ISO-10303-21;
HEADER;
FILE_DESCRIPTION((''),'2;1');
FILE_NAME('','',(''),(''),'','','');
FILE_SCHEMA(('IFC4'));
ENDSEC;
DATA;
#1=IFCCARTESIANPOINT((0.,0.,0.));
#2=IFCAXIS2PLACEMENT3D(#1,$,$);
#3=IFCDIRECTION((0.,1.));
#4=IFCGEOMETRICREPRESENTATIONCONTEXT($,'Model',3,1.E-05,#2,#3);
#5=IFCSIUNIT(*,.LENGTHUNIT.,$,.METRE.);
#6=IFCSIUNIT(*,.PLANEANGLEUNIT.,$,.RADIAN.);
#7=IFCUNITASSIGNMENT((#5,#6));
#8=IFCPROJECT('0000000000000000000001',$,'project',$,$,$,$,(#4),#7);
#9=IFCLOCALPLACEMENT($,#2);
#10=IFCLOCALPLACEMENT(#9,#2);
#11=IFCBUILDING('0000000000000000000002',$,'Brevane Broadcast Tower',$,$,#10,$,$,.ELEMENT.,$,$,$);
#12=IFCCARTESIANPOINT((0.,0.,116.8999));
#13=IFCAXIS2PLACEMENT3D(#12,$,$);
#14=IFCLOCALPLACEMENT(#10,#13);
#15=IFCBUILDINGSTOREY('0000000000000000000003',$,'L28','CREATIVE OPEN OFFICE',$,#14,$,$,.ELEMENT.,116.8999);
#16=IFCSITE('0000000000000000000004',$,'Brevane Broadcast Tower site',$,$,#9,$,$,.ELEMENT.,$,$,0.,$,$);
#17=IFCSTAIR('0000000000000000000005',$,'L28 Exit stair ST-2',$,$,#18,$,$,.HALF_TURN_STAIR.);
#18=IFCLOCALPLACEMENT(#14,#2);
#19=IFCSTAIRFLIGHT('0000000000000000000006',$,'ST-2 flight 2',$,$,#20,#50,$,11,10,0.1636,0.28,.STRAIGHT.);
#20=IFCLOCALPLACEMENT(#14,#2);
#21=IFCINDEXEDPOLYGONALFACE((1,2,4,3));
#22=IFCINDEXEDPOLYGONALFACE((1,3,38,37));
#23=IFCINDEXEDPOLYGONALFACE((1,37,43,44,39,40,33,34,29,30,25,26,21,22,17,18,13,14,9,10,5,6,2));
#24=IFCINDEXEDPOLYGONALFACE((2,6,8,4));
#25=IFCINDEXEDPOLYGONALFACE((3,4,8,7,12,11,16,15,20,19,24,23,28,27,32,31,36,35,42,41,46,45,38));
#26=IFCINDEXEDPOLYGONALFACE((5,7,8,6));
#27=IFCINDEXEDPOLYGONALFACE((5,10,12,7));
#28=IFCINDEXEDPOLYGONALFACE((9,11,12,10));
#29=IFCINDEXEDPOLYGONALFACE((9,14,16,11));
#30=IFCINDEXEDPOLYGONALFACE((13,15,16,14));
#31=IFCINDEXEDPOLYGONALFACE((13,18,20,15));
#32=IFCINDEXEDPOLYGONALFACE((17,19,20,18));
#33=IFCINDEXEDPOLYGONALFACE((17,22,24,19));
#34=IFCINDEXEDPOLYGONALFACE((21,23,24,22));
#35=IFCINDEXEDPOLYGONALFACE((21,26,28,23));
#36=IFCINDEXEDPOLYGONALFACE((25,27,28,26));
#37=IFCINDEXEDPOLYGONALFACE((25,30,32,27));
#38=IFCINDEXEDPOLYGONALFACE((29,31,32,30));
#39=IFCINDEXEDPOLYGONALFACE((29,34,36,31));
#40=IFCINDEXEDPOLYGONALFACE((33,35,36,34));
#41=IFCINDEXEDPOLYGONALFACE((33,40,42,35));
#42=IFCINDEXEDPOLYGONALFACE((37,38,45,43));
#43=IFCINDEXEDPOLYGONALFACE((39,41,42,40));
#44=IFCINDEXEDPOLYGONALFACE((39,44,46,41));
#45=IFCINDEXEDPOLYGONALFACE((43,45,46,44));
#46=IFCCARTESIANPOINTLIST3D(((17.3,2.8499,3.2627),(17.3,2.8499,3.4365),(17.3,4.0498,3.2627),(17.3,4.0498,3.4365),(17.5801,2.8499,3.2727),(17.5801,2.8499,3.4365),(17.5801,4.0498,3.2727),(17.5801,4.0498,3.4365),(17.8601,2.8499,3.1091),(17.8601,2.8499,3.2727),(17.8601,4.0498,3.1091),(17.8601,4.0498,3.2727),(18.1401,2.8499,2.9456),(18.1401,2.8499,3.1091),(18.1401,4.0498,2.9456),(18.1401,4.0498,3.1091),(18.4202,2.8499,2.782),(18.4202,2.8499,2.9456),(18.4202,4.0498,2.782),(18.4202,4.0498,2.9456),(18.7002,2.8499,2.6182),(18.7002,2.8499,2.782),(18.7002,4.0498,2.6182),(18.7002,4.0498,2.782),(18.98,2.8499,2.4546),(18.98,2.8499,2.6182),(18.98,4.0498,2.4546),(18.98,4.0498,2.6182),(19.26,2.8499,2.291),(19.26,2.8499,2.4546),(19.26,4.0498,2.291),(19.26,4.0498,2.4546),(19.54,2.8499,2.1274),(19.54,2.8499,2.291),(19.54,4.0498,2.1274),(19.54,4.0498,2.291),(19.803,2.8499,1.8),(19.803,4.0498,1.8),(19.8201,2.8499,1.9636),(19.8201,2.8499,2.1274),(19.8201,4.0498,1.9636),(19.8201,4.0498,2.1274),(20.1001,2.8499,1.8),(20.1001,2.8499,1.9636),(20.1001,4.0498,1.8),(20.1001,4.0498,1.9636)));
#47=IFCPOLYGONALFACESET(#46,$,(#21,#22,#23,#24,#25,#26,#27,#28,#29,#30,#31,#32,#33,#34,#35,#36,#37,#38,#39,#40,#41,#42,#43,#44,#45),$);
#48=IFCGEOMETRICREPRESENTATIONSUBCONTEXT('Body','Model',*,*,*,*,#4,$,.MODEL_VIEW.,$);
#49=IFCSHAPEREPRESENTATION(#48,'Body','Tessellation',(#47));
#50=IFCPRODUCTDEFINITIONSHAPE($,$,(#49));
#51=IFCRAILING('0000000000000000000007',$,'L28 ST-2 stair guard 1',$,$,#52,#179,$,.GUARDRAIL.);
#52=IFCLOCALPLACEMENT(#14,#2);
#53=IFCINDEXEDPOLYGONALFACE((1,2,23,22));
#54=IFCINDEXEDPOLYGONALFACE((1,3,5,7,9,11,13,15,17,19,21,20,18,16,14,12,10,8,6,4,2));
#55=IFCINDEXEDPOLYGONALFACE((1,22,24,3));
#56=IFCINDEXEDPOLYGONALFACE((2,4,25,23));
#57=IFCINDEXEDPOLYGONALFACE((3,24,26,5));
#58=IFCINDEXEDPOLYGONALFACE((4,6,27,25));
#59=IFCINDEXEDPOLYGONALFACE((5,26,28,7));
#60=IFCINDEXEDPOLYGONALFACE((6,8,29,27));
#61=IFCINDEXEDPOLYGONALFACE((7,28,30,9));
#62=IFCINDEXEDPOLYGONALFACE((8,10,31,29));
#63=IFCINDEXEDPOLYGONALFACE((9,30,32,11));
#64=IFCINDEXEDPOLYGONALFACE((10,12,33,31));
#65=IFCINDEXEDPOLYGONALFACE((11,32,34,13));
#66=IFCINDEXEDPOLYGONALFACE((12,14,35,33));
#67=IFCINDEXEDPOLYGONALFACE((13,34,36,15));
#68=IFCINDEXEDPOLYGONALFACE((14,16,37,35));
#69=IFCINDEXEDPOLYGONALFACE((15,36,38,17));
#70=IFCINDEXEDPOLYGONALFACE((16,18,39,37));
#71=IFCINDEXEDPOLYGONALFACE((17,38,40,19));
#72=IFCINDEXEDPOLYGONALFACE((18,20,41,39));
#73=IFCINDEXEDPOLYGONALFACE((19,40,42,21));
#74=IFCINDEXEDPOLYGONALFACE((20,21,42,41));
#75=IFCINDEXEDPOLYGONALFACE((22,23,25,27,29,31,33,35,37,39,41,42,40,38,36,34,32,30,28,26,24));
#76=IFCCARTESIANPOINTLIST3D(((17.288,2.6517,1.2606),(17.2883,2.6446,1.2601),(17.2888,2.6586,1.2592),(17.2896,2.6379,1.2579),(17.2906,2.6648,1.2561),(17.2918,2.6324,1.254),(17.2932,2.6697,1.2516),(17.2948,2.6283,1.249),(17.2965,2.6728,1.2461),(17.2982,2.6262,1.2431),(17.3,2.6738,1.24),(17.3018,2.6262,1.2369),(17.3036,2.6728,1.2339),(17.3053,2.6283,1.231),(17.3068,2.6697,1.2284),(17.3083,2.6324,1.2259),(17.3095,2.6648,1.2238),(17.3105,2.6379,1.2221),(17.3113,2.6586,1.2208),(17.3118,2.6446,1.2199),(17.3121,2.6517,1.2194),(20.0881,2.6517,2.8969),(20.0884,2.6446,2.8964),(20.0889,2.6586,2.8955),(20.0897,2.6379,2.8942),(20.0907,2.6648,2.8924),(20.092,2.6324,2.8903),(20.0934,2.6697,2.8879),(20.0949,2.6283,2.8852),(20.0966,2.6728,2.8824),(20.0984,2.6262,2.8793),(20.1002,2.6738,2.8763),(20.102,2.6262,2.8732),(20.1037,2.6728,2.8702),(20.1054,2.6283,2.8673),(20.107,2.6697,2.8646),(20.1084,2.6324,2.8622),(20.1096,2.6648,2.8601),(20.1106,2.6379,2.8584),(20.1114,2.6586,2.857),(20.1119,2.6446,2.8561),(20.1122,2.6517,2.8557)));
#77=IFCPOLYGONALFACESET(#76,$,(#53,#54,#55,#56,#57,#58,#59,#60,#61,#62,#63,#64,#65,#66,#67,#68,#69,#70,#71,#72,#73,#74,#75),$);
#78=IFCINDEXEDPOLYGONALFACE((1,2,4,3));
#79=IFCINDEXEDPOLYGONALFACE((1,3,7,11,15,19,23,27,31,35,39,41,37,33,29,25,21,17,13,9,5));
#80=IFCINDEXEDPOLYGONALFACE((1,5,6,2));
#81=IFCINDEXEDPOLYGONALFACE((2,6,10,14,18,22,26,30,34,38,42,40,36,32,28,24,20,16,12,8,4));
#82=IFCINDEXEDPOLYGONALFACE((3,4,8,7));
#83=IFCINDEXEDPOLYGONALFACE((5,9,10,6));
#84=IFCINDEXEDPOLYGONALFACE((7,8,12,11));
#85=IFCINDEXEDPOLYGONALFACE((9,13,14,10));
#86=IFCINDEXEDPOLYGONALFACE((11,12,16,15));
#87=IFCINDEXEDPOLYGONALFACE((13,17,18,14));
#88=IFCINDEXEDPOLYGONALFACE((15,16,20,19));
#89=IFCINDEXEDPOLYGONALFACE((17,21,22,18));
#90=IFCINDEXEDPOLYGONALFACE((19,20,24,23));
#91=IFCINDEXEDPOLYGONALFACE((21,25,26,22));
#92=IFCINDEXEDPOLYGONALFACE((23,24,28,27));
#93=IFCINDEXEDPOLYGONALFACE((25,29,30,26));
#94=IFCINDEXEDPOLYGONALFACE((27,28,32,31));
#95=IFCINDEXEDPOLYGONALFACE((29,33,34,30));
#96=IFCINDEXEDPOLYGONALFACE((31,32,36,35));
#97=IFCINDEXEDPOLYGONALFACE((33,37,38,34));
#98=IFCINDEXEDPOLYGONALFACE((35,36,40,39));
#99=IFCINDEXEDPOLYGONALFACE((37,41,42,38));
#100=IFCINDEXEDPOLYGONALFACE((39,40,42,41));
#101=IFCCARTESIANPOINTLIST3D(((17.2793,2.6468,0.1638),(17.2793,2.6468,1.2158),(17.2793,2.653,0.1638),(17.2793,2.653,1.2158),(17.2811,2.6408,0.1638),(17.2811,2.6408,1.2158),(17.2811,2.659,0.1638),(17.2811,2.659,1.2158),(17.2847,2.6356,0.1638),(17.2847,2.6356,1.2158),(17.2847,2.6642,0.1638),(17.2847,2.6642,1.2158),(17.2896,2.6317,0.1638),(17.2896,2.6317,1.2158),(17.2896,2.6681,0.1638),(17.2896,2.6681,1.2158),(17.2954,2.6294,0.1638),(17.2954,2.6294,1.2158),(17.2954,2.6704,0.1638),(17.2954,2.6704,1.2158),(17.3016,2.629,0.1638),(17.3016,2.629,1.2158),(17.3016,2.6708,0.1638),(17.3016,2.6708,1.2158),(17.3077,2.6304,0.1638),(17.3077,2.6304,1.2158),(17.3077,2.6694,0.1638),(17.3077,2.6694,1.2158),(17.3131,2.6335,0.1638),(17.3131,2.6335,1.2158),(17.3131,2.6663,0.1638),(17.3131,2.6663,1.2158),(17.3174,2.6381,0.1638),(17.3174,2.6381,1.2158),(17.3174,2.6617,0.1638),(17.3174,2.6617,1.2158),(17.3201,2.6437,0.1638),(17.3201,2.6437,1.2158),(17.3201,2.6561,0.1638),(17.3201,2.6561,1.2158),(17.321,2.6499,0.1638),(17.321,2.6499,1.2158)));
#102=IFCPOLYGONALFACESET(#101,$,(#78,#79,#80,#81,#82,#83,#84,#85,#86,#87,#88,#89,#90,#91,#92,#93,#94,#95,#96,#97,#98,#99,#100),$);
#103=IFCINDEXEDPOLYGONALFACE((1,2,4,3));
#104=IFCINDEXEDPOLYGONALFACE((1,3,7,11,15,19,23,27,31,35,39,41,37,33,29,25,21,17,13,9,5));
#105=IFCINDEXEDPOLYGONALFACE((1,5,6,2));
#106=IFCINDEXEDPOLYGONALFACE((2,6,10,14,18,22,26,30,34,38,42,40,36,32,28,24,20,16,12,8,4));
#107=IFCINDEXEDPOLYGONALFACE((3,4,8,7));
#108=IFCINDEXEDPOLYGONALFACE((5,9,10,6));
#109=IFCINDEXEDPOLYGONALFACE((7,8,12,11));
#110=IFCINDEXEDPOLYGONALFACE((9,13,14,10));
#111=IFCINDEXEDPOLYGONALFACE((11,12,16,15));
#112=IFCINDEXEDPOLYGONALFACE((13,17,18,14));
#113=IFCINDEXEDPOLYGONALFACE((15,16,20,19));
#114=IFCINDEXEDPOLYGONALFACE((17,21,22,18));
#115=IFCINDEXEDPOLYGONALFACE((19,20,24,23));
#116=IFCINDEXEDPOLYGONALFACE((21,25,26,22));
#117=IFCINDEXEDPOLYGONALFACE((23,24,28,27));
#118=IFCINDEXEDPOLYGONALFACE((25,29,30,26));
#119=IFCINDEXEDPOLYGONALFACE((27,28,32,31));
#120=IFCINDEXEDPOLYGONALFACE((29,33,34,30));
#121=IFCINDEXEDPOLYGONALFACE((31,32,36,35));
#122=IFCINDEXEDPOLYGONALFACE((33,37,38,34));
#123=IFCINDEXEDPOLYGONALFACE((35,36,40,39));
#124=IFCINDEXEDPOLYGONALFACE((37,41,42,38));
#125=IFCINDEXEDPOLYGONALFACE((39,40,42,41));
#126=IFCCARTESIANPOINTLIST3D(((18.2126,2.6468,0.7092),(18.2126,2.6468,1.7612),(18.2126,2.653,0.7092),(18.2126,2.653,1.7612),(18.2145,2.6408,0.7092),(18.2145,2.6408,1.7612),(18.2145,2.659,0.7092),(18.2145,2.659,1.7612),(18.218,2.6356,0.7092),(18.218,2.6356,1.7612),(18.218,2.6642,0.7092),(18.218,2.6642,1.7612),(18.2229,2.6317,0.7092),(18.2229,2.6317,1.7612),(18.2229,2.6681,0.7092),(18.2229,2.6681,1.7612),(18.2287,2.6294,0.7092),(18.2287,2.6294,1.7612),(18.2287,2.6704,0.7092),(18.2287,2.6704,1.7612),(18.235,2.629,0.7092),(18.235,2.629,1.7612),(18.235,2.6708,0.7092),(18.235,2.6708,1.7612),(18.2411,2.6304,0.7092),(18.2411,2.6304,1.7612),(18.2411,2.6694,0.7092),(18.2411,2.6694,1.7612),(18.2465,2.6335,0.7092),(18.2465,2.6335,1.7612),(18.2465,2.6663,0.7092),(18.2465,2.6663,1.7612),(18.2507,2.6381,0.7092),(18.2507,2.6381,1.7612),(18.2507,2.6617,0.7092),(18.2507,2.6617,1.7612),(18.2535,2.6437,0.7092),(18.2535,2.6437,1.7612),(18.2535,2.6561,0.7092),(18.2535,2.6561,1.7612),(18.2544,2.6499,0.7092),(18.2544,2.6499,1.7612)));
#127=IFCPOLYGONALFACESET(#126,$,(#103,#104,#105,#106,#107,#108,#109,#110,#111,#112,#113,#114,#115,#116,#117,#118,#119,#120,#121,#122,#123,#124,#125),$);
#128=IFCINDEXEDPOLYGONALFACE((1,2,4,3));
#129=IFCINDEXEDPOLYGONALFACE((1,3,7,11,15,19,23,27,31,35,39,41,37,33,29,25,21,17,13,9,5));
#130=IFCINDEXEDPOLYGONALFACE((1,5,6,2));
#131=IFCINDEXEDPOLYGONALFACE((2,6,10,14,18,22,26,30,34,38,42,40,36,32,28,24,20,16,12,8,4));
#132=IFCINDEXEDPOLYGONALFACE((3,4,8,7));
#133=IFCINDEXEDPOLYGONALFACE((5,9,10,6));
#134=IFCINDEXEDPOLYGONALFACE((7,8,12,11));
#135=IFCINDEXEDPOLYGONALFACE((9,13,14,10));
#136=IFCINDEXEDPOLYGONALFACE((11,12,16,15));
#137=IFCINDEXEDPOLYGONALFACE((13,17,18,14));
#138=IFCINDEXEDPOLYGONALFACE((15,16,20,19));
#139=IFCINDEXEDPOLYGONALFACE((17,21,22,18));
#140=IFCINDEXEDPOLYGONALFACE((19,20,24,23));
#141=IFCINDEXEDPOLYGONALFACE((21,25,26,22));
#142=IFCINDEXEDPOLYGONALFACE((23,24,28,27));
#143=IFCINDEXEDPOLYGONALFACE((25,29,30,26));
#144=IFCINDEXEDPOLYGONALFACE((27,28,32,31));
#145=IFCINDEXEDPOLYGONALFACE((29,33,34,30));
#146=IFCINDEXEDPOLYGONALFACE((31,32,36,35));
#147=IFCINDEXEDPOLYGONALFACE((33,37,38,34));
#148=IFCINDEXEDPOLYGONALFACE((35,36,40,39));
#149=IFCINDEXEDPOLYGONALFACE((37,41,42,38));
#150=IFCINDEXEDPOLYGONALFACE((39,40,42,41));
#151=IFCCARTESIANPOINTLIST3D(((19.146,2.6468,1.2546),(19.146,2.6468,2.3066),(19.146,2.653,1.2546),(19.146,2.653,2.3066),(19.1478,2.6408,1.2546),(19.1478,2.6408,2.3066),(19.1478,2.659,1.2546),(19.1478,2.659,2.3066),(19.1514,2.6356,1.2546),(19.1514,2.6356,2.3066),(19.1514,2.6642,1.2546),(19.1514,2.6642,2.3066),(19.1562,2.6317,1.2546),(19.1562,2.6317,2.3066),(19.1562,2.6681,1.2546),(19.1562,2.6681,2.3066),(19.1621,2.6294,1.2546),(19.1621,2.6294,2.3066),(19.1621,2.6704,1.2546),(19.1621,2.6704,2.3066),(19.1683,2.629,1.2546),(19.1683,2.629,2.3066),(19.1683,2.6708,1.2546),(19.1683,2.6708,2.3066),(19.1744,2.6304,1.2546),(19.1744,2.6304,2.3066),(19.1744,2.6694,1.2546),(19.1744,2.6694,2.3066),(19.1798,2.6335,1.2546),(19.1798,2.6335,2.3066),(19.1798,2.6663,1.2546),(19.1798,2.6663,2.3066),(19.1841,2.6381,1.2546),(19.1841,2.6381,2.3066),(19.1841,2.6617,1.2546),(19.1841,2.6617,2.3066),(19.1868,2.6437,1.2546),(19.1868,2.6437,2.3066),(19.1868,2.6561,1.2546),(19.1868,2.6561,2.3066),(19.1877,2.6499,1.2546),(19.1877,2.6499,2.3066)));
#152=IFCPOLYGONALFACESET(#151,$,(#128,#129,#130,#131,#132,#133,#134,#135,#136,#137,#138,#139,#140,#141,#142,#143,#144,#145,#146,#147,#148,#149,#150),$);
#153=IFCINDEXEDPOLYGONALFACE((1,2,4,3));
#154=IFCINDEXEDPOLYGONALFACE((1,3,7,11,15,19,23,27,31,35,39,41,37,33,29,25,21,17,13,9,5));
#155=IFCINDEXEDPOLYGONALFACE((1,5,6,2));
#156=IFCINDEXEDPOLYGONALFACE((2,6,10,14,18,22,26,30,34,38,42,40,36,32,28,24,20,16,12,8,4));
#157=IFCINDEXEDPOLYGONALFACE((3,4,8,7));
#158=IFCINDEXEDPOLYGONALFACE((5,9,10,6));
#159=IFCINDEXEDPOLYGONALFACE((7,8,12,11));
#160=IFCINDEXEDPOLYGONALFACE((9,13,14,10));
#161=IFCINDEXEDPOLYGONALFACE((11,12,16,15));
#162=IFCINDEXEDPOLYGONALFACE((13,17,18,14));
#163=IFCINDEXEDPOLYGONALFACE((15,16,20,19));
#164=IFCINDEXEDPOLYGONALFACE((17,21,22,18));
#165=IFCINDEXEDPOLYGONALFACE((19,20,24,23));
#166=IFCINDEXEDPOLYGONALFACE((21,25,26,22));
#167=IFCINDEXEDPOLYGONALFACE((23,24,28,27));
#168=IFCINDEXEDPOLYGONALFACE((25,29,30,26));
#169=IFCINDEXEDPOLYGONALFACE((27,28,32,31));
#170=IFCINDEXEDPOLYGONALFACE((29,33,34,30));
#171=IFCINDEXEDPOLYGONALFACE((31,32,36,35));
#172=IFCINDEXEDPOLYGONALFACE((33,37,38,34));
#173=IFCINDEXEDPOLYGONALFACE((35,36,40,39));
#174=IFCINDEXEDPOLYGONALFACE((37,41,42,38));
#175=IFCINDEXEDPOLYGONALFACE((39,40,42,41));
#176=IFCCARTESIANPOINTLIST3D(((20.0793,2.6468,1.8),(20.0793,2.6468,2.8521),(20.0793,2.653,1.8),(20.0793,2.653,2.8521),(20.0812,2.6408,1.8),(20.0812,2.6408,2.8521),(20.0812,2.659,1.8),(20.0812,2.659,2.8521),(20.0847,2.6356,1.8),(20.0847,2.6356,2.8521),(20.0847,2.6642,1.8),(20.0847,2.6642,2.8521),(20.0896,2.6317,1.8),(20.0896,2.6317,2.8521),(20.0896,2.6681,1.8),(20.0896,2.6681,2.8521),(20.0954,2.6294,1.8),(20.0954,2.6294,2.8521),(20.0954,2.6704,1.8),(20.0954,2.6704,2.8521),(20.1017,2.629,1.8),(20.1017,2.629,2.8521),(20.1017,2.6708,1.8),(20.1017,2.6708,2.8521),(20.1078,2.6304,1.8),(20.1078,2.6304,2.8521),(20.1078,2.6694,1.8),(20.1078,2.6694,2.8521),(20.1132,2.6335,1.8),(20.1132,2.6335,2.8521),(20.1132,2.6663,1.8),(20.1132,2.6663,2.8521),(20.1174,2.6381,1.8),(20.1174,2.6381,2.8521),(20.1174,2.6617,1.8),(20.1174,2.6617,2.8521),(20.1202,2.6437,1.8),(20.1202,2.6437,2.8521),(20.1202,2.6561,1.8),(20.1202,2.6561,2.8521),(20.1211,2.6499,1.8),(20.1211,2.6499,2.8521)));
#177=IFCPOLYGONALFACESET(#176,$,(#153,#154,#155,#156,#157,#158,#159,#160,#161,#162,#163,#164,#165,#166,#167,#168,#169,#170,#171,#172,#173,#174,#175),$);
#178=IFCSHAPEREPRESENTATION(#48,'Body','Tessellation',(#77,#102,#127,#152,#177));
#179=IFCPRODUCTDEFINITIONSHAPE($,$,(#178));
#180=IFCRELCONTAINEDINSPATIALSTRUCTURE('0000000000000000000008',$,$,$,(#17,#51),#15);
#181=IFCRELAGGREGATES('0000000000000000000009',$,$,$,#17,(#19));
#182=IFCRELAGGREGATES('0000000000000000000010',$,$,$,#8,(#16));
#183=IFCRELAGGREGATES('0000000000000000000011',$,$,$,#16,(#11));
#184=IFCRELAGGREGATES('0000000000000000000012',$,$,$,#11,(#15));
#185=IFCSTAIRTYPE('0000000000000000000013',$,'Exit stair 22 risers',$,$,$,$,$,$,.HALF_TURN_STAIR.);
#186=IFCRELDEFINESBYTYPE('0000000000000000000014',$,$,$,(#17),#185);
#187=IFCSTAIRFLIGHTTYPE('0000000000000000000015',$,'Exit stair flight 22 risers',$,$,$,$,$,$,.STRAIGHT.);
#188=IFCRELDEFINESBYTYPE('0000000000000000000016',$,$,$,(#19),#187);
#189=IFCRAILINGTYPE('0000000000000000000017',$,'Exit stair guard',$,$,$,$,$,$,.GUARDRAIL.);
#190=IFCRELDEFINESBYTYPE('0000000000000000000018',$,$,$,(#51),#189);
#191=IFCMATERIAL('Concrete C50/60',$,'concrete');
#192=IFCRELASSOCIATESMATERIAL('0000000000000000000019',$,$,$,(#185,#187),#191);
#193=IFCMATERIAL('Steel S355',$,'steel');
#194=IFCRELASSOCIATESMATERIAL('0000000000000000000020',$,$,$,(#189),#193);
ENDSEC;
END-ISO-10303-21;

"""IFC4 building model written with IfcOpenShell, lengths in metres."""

from ifc_helpers import new_model, si_unit, direction, frame, origin, origin_2d, place, context, subcontext, project, spatial, polyline, circle, outline, extrude, material, type_object, element, aggregate, save


model = new_model("IFC4")

# Units and contexts
model_context = context("Model", 3, precision=1e-05, world=origin(), true_north=direction((0.0, 1.0)))
body_context = subcontext(model_context, "Body", "Model", "MODEL_VIEW")
ifc_project = project(units=[si_unit("LENGTHUNIT", "METRE"), si_unit("PLANEANGLEUNIT", "RADIAN")], contexts=[model_context])

# Site, building, storey
site_placement = place(None, origin())
site = spatial("IfcSite", under=ifc_project, at=site_placement, Name="Brevane Broadcast Tower site", CompositionType="ELEMENT", RefElevation=0.0)
building_placement = place(site_placement, origin())
building = spatial("IfcBuilding", under=site, at=building_placement, Name="Brevane Broadcast Tower", CompositionType="ELEMENT")
storey_placement = place(building_placement, frame((0.0, 0.0, 116.8999)))
storey = spatial("IfcBuildingStorey", under=building, at=storey_placement, Name="L28", Description="CREATIVE OPEN OFFICE", CompositionType="ELEMENT", Elevation=116.8999)

# Stair, stair flight
ifc_material_1 = material(Name="Concrete C50/60", Category="concrete")
stair_type = type_object("IfcStairType", Name="Exit stair 22 risers", PredefinedType="HALF_TURN_STAIR", material=ifc_material_1)
stair_placement = place(storey_placement, origin())
stair = element("IfcStair", 1, at=stair_placement, inside=storey, type_object=stair_type, Name="L28 Exit stair ST-2", PredefinedType="HALF_TURN_STAIR")
stair_flight_type = type_object("IfcStairFlightType", Name="Exit stair flight 22 risers", PredefinedType="STRAIGHT", material=ifc_material_1)
stair_flight_1_placement = place(storey_placement, frame((20.1001, 3.45, 1.8), z_axis=(0.0, 0.0, 1.0), x_axis=(-1.0, 0.0, 0.0)))
stair_flight_1 = element("IfcStairFlight", 2, at=stair_flight_1_placement, type_object=stair_flight_type, Name="ST-2 flight 2", NumberOfRisers=11, NumberOfTreads=10, PredefinedType="STRAIGHT", RiserHeight=0.1636, TreadLength=0.28, context=body_context, shape_type="SweptSolid", body=[
    extrude(outline(polyline([(0.0, 0.0), (0.0, 0.1636), (0.28, 0.1636), (0.28, 0.3274), (0.5601, 0.3274), (0.5601, 0.491), (0.8401, 0.491), (0.8401, 0.6545), (1.1201, 0.6545), (1.1201, 0.8181), (1.3999, 0.8181), (1.3999, 0.9819), (1.6799, 0.9819), (1.6799, 1.1455), (1.96, 1.1455), (1.96, 1.3091), (2.24, 1.3091), (2.24, 1.4727), (2.52, 1.4727), (2.52, 1.6365), (2.8, 1.6365), (2.8, 1.8), (2.8, 1.4626), (0.2971, 0.0), (0.0, 0.0)])), frame((0.0, 0.6001, 0.0), z_axis=(0.0, -1.0, 0.0), x_axis=(1.0, 0.0, 0.0)), (0.0, 0.0, 1.0), 1.2),
])
aggregate(stair, [stair_flight_1])

# Railing
ifc_material_2 = material(Name="Steel S355", Category="steel")
railing_type_1 = type_object("IfcRailingType", Name="Exit stair guard", PredefinedType="GUARDRAIL", material=ifc_material_2)
railing_1_placement = place(storey_placement, frame((17.3, 2.6499, 0.1638)))
element("IfcRailing", 3, at=railing_1_placement, inside=storey, type_object=railing_type_1, Name="L28 ST-2 stair guard 1", PredefinedType="GUARDRAIL", context=body_context, shape_type="SweptSolid", body=[
    extrude(circle(Radius=0.0239, at=origin_2d()), frame((0.0, 0.0, 1.0762), z_axis=(0.863394, 0.0, 0.504531), x_axis=(0.0, 1.0, 0.0)), (0.0, 0.0, 1.0), 3.2432),
    extrude(circle(Radius=0.021, at=origin_2d()), origin(), (0.0, 0.0, 1.0), 1.052),
    extrude(circle(Radius=0.021, at=origin_2d()), frame((0.9333, 0.0, 0.5454)), (0.0, 0.0, 1.0), 1.052),
    extrude(circle(Radius=0.021, at=origin_2d()), frame((1.8667, 0.0, 1.0908)), (0.0, 0.0, 1.0), 1.052),
    extrude(circle(Radius=0.021, at=origin_2d()), frame((2.8, 0.0, 1.6362)), (0.0, 0.0, 1.0), 1.052),
])

save(model, "model.ifc")
